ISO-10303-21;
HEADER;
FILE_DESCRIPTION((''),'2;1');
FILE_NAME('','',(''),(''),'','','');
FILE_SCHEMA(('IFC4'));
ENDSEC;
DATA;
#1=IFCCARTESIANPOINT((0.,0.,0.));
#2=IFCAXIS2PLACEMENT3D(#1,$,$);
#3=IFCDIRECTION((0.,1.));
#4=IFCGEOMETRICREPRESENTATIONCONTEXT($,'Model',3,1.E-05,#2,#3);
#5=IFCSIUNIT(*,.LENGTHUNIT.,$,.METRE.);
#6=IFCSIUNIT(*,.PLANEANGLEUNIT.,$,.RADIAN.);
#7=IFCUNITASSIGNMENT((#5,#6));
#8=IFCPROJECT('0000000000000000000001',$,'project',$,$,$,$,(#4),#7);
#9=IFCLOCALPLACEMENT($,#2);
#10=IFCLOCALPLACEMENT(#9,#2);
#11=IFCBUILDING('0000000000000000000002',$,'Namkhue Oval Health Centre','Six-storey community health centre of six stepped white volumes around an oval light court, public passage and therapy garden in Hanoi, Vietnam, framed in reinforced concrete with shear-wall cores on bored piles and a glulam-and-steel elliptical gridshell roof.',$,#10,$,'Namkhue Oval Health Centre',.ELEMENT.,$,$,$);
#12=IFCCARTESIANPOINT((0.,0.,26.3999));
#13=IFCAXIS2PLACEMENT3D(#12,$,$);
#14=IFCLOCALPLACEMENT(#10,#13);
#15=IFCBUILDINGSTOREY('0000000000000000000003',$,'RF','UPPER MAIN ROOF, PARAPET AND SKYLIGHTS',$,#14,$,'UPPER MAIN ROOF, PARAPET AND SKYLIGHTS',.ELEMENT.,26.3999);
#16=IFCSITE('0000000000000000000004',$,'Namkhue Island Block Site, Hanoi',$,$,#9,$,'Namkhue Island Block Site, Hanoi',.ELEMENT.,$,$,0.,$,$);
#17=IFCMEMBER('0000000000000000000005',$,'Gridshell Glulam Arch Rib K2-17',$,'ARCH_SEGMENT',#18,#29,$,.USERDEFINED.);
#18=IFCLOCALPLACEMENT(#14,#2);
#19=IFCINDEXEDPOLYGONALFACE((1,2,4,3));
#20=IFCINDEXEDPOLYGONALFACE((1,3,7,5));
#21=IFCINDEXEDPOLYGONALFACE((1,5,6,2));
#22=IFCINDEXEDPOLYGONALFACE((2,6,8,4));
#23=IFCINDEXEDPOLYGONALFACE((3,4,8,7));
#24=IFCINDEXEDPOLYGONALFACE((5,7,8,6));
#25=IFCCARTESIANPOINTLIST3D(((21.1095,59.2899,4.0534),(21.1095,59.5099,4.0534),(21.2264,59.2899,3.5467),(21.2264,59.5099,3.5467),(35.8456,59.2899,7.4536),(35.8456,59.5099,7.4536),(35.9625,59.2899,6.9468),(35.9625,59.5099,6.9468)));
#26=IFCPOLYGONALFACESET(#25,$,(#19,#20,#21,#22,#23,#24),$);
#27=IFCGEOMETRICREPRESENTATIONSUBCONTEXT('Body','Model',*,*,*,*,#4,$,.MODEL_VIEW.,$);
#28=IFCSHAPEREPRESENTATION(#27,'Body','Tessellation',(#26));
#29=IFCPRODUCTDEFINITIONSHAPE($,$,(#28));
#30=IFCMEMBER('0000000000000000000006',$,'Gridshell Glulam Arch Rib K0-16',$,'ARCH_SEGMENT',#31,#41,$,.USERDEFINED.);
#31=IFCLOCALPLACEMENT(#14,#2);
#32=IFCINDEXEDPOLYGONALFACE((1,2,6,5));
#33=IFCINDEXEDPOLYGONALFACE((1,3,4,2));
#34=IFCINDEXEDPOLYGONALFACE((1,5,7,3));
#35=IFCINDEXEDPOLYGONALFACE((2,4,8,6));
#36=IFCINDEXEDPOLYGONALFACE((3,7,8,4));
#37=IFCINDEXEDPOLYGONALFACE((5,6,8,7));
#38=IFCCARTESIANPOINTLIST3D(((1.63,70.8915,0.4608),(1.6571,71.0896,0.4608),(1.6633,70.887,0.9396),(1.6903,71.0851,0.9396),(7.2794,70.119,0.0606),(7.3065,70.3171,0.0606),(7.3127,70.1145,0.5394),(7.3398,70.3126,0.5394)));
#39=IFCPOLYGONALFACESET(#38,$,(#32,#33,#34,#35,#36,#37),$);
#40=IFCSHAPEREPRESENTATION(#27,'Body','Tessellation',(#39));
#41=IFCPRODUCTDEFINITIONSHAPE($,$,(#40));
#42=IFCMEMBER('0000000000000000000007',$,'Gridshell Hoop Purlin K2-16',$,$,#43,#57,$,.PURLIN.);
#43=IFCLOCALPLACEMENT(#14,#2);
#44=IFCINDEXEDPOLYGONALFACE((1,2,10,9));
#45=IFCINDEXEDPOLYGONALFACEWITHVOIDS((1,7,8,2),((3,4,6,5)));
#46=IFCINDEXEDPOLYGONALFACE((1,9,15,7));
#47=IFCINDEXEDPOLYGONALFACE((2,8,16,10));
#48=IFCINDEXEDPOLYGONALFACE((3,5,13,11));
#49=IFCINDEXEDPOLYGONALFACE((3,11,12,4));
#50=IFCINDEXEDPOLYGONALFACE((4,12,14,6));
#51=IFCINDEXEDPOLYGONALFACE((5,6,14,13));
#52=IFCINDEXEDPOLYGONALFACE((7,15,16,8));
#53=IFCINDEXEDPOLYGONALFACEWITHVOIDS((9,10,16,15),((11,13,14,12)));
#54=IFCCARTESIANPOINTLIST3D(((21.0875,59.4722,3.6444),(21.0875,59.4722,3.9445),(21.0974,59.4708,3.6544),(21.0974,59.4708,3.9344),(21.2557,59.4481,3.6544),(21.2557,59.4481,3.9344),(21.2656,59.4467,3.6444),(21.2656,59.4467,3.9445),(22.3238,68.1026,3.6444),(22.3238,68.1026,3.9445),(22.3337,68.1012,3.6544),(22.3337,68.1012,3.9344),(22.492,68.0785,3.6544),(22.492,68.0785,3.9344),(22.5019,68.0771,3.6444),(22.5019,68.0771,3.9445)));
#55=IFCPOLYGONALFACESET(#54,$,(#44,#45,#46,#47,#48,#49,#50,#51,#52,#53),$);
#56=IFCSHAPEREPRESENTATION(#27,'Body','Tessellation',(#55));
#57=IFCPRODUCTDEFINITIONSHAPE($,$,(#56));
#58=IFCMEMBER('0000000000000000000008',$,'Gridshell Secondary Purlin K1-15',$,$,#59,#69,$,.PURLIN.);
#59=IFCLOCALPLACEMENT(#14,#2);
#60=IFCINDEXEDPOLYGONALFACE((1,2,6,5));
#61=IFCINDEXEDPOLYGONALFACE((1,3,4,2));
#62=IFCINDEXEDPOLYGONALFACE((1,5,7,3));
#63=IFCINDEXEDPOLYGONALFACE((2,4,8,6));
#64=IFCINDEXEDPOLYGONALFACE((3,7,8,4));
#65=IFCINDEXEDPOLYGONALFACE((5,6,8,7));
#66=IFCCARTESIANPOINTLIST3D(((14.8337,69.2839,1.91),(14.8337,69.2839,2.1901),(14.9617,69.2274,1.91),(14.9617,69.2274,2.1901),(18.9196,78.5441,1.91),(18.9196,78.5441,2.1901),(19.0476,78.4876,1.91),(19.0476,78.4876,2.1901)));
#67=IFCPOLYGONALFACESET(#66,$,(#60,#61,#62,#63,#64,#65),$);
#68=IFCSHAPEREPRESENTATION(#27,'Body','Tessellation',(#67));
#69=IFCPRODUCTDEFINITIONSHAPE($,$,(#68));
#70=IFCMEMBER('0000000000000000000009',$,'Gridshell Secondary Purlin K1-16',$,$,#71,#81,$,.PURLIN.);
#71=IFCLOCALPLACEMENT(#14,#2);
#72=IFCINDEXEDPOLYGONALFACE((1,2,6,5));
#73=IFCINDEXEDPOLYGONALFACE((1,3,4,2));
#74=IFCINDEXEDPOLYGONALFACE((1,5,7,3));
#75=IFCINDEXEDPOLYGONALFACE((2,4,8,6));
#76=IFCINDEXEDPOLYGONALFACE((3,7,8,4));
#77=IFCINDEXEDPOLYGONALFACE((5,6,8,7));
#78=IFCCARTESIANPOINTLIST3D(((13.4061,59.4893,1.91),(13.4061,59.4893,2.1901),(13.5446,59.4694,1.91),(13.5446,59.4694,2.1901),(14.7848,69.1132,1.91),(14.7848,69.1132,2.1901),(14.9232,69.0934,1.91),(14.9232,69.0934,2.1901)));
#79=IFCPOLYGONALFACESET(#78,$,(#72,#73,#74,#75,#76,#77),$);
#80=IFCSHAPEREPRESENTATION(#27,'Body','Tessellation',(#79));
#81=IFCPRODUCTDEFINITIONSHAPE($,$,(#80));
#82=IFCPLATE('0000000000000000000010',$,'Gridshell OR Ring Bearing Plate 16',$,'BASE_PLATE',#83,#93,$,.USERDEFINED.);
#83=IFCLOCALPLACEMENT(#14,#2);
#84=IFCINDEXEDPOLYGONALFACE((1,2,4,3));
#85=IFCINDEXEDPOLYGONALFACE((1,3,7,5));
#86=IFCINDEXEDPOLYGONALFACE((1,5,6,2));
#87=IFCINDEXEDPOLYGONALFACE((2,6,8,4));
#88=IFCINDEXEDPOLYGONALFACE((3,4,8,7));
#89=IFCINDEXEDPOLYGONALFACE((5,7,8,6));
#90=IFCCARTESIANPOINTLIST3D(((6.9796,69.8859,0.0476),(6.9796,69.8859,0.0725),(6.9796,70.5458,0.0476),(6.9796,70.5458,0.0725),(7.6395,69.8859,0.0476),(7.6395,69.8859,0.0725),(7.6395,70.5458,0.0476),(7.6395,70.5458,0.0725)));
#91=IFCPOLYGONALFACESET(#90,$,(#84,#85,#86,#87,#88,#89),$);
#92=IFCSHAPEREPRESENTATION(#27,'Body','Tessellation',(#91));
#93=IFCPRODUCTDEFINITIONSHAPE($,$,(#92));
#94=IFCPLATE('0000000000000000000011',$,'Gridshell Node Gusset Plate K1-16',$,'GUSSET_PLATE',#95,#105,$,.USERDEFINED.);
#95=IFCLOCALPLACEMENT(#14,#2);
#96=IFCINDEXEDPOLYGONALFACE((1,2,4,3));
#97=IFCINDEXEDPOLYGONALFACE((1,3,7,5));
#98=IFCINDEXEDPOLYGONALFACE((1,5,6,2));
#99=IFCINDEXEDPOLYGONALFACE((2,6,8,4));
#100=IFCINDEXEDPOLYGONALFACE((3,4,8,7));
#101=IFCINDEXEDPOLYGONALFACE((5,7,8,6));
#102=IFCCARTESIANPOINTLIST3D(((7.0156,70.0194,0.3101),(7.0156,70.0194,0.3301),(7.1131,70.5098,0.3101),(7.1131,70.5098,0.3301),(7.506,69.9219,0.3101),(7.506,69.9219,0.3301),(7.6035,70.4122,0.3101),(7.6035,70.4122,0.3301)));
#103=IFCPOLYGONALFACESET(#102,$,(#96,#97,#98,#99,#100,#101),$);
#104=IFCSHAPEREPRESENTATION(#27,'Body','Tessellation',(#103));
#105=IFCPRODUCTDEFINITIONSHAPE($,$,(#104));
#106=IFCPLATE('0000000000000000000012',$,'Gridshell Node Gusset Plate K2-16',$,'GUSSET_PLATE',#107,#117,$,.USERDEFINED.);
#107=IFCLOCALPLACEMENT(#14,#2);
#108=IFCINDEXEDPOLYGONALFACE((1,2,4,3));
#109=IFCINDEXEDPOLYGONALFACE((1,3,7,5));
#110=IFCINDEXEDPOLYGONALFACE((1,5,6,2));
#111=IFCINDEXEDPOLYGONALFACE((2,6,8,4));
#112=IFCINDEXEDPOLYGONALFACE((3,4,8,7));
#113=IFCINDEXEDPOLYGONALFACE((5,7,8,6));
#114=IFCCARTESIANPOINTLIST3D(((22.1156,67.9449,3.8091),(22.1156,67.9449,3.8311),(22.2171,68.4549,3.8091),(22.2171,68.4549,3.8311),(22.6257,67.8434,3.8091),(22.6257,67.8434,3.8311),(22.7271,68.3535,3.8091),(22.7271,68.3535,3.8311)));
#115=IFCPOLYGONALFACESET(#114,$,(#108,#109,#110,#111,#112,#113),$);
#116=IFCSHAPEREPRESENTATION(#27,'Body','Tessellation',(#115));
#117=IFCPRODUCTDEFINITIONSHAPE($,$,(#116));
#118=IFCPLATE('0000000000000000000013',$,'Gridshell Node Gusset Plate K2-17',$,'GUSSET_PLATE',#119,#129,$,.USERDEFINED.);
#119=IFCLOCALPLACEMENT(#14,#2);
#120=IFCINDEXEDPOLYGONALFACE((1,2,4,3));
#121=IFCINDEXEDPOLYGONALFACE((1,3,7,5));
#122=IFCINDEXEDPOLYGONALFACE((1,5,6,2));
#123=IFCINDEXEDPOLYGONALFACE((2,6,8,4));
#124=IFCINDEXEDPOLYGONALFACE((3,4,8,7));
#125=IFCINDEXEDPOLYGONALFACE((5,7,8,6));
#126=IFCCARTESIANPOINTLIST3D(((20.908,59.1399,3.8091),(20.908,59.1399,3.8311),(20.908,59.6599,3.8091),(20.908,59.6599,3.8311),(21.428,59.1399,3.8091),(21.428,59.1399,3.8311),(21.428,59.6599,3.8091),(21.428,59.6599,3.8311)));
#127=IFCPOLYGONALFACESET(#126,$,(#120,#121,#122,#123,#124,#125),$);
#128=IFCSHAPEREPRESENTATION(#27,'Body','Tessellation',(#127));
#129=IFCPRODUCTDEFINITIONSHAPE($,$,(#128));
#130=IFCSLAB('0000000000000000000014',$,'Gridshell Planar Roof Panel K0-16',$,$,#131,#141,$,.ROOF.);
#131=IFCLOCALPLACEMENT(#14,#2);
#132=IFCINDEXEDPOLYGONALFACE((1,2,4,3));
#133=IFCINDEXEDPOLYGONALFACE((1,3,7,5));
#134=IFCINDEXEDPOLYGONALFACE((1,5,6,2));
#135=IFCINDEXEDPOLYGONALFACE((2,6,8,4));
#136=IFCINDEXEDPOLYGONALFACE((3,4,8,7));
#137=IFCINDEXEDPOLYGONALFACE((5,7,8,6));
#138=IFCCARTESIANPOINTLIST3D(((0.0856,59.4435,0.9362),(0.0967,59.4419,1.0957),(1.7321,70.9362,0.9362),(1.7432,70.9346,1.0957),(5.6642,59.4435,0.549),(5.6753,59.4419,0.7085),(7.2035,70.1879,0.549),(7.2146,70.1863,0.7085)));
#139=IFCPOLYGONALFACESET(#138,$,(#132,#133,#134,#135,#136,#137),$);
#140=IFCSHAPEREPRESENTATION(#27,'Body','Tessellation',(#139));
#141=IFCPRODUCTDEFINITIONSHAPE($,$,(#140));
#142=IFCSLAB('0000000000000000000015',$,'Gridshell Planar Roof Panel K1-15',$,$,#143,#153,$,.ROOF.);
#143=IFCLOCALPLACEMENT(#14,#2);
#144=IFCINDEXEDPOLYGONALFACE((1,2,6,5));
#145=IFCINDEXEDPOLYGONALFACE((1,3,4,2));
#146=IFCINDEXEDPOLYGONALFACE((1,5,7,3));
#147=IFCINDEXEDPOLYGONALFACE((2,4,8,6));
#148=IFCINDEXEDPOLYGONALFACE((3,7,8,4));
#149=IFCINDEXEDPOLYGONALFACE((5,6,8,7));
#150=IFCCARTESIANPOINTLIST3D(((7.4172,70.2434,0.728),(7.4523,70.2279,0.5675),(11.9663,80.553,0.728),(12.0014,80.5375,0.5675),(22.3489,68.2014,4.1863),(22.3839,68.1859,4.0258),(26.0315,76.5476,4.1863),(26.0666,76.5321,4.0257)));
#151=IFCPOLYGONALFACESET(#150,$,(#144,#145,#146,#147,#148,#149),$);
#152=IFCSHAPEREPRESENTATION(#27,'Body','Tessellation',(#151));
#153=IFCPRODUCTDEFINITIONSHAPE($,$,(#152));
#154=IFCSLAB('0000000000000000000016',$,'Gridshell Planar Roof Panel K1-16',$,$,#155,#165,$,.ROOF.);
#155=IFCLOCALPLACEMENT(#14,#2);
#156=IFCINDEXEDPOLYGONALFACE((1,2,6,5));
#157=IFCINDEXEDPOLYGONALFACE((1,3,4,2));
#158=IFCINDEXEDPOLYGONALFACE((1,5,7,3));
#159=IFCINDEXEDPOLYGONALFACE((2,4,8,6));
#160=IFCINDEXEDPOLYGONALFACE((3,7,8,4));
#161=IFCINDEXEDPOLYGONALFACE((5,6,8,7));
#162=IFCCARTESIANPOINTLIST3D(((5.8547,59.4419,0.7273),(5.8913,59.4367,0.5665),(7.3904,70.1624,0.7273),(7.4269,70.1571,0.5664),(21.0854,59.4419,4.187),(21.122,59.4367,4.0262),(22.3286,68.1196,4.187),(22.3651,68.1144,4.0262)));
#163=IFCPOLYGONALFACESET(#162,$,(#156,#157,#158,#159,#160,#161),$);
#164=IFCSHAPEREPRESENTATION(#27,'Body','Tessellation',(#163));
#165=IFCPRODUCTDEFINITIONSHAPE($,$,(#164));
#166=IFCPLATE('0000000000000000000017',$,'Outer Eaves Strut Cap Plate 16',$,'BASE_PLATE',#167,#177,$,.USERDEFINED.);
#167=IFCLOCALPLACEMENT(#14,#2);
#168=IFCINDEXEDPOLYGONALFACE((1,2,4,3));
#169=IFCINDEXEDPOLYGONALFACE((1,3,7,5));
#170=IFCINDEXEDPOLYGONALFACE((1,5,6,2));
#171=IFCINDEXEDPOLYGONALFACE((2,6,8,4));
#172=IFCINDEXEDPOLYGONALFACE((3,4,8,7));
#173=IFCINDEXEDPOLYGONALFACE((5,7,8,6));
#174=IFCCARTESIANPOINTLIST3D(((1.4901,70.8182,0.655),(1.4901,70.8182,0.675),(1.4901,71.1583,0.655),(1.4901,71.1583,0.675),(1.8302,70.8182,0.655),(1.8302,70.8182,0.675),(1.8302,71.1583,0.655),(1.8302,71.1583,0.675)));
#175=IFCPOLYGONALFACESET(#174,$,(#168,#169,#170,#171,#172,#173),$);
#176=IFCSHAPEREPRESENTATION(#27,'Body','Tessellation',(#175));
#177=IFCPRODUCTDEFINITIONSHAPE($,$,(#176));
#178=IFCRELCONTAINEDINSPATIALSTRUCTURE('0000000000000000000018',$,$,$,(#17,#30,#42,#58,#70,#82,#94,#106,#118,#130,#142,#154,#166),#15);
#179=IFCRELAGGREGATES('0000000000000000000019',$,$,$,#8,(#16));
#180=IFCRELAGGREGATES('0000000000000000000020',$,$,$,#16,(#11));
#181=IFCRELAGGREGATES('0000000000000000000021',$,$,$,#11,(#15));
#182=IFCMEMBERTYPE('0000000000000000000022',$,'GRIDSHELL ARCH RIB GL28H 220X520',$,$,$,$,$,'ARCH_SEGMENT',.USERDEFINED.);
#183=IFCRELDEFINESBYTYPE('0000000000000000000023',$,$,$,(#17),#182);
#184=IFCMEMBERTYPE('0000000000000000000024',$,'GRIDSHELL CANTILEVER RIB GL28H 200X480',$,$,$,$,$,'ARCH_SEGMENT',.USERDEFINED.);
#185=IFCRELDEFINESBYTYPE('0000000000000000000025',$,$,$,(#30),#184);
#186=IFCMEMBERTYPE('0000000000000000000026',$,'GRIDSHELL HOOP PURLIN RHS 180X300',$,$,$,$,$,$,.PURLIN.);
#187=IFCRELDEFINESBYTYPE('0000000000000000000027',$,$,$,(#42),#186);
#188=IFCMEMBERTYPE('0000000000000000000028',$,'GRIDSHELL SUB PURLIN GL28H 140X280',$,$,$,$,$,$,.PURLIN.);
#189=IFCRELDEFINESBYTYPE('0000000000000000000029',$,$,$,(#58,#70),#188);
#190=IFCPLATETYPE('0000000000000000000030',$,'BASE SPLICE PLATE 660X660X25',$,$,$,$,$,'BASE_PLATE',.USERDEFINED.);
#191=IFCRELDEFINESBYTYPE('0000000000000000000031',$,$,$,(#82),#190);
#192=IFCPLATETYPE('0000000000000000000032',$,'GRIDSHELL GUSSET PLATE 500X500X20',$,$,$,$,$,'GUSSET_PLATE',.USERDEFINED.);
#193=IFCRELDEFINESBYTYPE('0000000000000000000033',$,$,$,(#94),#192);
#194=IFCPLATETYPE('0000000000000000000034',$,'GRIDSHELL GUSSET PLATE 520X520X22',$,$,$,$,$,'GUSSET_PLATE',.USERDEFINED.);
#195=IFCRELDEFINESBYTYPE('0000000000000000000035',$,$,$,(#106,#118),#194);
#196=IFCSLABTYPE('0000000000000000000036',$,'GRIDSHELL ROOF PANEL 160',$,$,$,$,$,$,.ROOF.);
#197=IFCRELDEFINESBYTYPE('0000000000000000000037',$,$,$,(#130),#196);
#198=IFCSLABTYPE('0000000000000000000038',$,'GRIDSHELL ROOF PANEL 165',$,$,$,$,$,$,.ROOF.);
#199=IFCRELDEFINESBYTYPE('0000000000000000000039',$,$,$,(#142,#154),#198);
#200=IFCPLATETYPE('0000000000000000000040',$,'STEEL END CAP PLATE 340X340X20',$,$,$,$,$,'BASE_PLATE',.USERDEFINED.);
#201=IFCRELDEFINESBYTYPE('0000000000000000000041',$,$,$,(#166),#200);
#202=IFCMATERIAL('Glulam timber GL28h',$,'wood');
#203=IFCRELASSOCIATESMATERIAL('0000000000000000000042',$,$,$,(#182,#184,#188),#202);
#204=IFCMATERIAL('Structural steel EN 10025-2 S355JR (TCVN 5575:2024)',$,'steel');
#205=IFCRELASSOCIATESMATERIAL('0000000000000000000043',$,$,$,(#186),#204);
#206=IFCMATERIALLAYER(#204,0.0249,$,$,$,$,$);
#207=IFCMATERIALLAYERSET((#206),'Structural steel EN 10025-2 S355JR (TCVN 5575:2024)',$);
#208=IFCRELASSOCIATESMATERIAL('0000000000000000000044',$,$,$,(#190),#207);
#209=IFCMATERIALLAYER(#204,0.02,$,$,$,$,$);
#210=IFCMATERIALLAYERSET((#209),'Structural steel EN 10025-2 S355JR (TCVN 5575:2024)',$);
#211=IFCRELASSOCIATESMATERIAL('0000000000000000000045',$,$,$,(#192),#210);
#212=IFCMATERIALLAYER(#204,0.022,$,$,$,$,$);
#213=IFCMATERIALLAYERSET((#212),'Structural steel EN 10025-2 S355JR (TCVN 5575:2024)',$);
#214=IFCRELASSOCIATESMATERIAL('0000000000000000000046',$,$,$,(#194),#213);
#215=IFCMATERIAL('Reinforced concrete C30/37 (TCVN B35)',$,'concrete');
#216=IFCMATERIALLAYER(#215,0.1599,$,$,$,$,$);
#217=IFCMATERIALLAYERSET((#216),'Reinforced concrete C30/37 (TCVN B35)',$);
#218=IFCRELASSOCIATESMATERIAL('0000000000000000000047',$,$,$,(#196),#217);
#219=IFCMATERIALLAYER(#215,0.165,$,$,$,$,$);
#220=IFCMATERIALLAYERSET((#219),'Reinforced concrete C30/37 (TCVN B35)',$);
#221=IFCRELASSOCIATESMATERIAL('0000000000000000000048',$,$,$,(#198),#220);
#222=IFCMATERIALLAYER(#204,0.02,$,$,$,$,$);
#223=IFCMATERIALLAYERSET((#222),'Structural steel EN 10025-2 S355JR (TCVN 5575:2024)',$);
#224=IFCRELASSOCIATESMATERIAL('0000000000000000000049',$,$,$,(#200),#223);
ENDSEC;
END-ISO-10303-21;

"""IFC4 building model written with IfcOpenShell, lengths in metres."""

from ifc_helpers import new_model, si_unit, direction, frame, origin, origin_2d, place, context, subcontext, project, spatial, polyline, rectangle, hollow_rectangle, outline, extrude, material, layer, layer_set, material_profile, profile_set, type_object, element, save


model = new_model("IFC4")

# Units and contexts
model_context = context("Model", 3, precision=1e-05, world=origin(), true_north=direction((0.0, 1.0)))
body_context = subcontext(model_context, "Body", "Model", "MODEL_VIEW")
ifc_project = project(units=[si_unit("LENGTHUNIT", "METRE"), si_unit("PLANEANGLEUNIT", "RADIAN")], contexts=[model_context])

# Site, building, storey
site_placement = place(None, origin())
site = spatial("IfcSite", under=ifc_project, at=site_placement, Name="Namkhue Island Block Site, Hanoi", LongName="Namkhue Island Block Site, Hanoi", CompositionType="ELEMENT", RefElevation=0.0)
building_placement = place(site_placement, origin())
building = spatial("IfcBuilding", under=site, at=building_placement, Name="Namkhue Oval Health Centre", Description="Six-storey community health centre of six stepped white volumes around an oval light court, public passage and therapy garden in Hanoi, Vietnam, framed in reinforced concrete with shear-wall cores on bored piles and a glulam-and-steel elliptical gridshell roof.", LongName="Namkhue Oval Health Centre", CompositionType="ELEMENT")
storey_placement = place(building_placement, frame((0.0, 0.0, 26.3999)))
storey = spatial("IfcBuildingStorey", under=building, at=storey_placement, Name="RF", Description="UPPER MAIN ROOF, PARAPET AND SKYLIGHTS", LongName="UPPER MAIN ROOF, PARAPET AND SKYLIGHTS", CompositionType="ELEMENT", Elevation=26.3999)

# Members
ifc_material_1 = material(Name="Structural steel EN 10025-2 S355JR (TCVN 5575:2024)", Category="steel")
ifc_material_2 = material(Name="Glulam timber GL28h", Category="wood")
ifc_material_profile_1 = material_profile(ifc_material_2, rectangle(XDim=0.22, YDim=0.52, at=origin_2d()), Name="GL28h 220x520")
ifc_profile_set_1 = profile_set([ifc_material_profile_1], Name="Glulam timber GL28h")
member_type_1 = type_object("IfcMemberType", Name="GRIDSHELL ARCH RIB GL28H 220X520", ElementType="ARCH_SEGMENT", PredefinedType="USERDEFINED", material=ifc_profile_set_1)
member_1_placement = place(storey_placement, frame((21.168, 59.3999, 3.8), z_axis=(0.974398, 0.0, 0.224829), x_axis=(0.0, 1.0, 0.0)))
element("IfcMember", 1, at=member_1_placement, inside=storey, type_object=member_type_1, Name="Gridshell Glulam Arch Rib K2-17", ObjectType="ARCH_SEGMENT", PredefinedType="USERDEFINED", context=body_context, shape_type="SweptSolid", body=[
    extrude(rectangle(XDim=0.22, YDim=0.52, at=origin_2d()), origin(), (0.0, 0.0, 1.0), 15.1233),
])
ifc_material_profile_2 = material_profile(ifc_material_2, rectangle(XDim=0.2, YDim=0.48, at=origin_2d()), Name="GL28h 200x480")
ifc_profile_set_2 = profile_set([ifc_material_profile_2], Name="Glulam timber GL28h")
member_type_2 = type_object("IfcMemberType", Name="GRIDSHELL CANTILEVER RIB GL28H 200X480", ElementType="ARCH_SEGMENT", PredefinedType="USERDEFINED", material=ifc_profile_set_2)
member_2_placement = place(storey_placement, frame((1.6602, 70.9883, 0.7002), z_axis=(0.98835, -0.13514, -0.070005), x_axis=(0.135472, 0.990781, 0.0)))
element("IfcMember", 2, at=member_2_placement, inside=storey, type_object=member_type_2, Name="Gridshell Glulam Arch Rib K0-16", ObjectType="ARCH_SEGMENT", PredefinedType="USERDEFINED", context=body_context, shape_type="SweptSolid", body=[
    extrude(rectangle(XDim=0.2, YDim=0.48, at=origin_2d()), origin(), (0.0, 0.0, 1.0), 5.7161),
])
ifc_material_profile_3 = material_profile(ifc_material_1, hollow_rectangle(XDim=0.1799, YDim=0.3, WallThickness=0.01, at=origin_2d()), Name="RHS 180x300x10")
ifc_profile_set_3 = profile_set([ifc_material_profile_3], Name="Structural steel EN 10025-2 S355JR (TCVN 5575:2024)")
member_type_3 = type_object("IfcMemberType", Name="GRIDSHELL HOOP PURLIN RHS 180X300", PredefinedType="PURLIN", material=ifc_profile_set_3)
member_3_placement = place(storey_placement, frame((22.4128, 68.0898, 3.7944), z_axis=(-0.141806, -0.989895, 0.0), x_axis=(0.989895, -0.141806, 0.0)))
element("IfcMember", 3, at=member_3_placement, inside=storey, type_object=member_type_3, Name="Gridshell Hoop Purlin K2-16", PredefinedType="PURLIN", context=body_context, shape_type="SweptSolid", body=[
    extrude(hollow_rectangle(XDim=0.1799, YDim=0.3, WallThickness=0.01, at=origin_2d()), origin(), (0.0, 0.0, 1.0), 8.7185),
])
ifc_material_profile_4 = material_profile(ifc_material_2, rectangle(XDim=0.1399, YDim=0.28, at=origin_2d()), Name="GL28h 140x280")
ifc_profile_set_4 = profile_set([ifc_material_profile_4], Name="Glulam timber GL28h")
member_type_4 = type_object("IfcMemberType", Name="GRIDSHELL SUB PURLIN GL28H 140X280", PredefinedType="PURLIN", material=ifc_profile_set_4)
member_4_placement = place(storey_placement, frame((18.9836, 78.5159, 2.05), z_axis=(-0.403684, -0.914898, 0.0), x_axis=(0.914898, -0.403684, 0.0)))
element("IfcMember", 4, at=member_4_placement, inside=storey, type_object=member_type_4, Name="Gridshell Secondary Purlin K1-15", PredefinedType="PURLIN", context=body_context, shape_type="SweptSolid", body=[
    extrude(rectangle(XDim=0.1399, YDim=0.28, at=origin_2d()), origin(), (0.0, 0.0, 1.0), 10.1216),
])
member_5_placement = place(storey_placement, frame((14.854, 69.1033, 2.05), z_axis=(-0.141805, -0.989895, 0.0), x_axis=(0.989895, -0.141805, 0.0)))
element("IfcMember", 5, at=member_5_placement, inside=storey, type_object=member_type_4, Name="Gridshell Secondary Purlin K1-16", PredefinedType="PURLIN", context=body_context, shape_type="SweptSolid", body=[
    extrude(rectangle(XDim=0.1399, YDim=0.28, at=origin_2d()), origin(), (0.0, 0.0, 1.0), 9.7222),
])

# Plates
ifc_layer_1 = layer(ifc_material_1, 0.0249)
ifc_layer_set_1 = layer_set([ifc_layer_1], Name="Structural steel EN 10025-2 S355JR (TCVN 5575:2024)")
plate_type_1 = type_object("IfcPlateType", Name="BASE SPLICE PLATE 660X660X25", ElementType="BASE_PLATE", PredefinedType="USERDEFINED", material=ifc_layer_set_1)
plate_1_placement = place(storey_placement, frame((7.3096, 70.2158, 0.0476), z_axis=(0.0, 0.0, 1.0), x_axis=(1.0, 0.0, 0.0)))
element("IfcPlate", 6, at=plate_1_placement, inside=storey, type_object=plate_type_1, Name="Gridshell OR Ring Bearing Plate 16", ObjectType="BASE_PLATE", PredefinedType="USERDEFINED", context=body_context, shape_type="SweptSolid", body=[
    extrude(rectangle(XDim=0.6599, YDim=0.6599, at=origin_2d()), origin(), (0.0, 0.0, 1.0), 0.0249),
])
ifc_layer_2 = layer(ifc_material_1, 0.02)
ifc_layer_set_2 = layer_set([ifc_layer_2], Name="Structural steel EN 10025-2 S355JR (TCVN 5575:2024)")
plate_type_2 = type_object("IfcPlateType", Name="GRIDSHELL GUSSET PLATE 500X500X20", ElementType="GUSSET_PLATE", PredefinedType="USERDEFINED", material=ifc_layer_set_2)
plate_2_placement = place(storey_placement, frame((7.3096, 70.2158, 0.3101), z_axis=(0.0, 0.0, 1.0), x_axis=(-0.980785, 0.19509, 0.0)))
element("IfcPlate", 7, at=plate_2_placement, inside=storey, type_object=plate_type_2, Name="Gridshell Node Gusset Plate K1-16", ObjectType="GUSSET_PLATE", PredefinedType="USERDEFINED", context=body_context, shape_type="SweptSolid", body=[
    extrude(rectangle(XDim=0.5, YDim=0.5, at=origin_2d()), origin(), (0.0, 0.0, 1.0), 0.02),
])
ifc_layer_3 = layer(ifc_material_1, 0.022)
ifc_layer_set_3 = layer_set([ifc_layer_3], Name="Structural steel EN 10025-2 S355JR (TCVN 5575:2024)")
plate_type_3 = type_object("IfcPlateType", Name="GRIDSHELL GUSSET PLATE 520X520X22", ElementType="GUSSET_PLATE", PredefinedType="USERDEFINED", material=ifc_layer_set_3)
for number, where, z_axis, x_axis, name in (
    (8, (22.4214, 68.1492, 3.8091), (0.0, 0.0, 1.0), (-0.980785, 0.19509, 0.0), "Gridshell Node Gusset Plate K2-16"),
    (9, (21.168, 59.3999, 3.8091), (0.0, 0.0, 1.0), (-1.0, 0.0, 0.0), "Gridshell Node Gusset Plate K2-17"),
):
    element("IfcPlate", number, at=place(storey_placement, frame(where, z_axis=z_axis, x_axis=x_axis)), inside=storey, type_object=plate_type_3, Name=name, ObjectType="GUSSET_PLATE", PredefinedType="USERDEFINED", context=body_context, shape_type="SweptSolid", body=[
        extrude(rectangle(XDim=0.52, YDim=0.52, at=origin_2d()), origin(), (0.0, 0.0, 1.0), 0.022),
    ])

# Slabs
ifc_material_3 = material(Name="Reinforced concrete C30/37 (TCVN B35)", Category="concrete")
ifc_layer_4 = layer(ifc_material_3, 0.1599)
ifc_layer_set_4 = layer_set([ifc_layer_4], Name="Reinforced concrete C30/37 (TCVN B35)")
slab_type_1 = type_object("IfcSlabType", Name="GRIDSHELL ROOF PANEL 160", PredefinedType="ROOF", material=ifc_layer_set_4)
slab_1_placement = place(storey_placement, frame((1.7432, 70.9346, 1.0957), z_axis=(0.069239, -0.00992, 0.997551), x_axis=(-0.141816, -0.989893, 0.0)))
element("IfcSlab", 10, at=slab_1_placement, inside=storey, type_object=slab_type_1, Name="Gridshell Planar Roof Panel K0-16", PredefinedType="ROOF", context=body_context, shape_type="SweptSolid", body=[
    extrude(outline(polyline([(0.0, 0.0), (11.61, 0.0), (10.8189, 5.5358), (-0.0352, 5.5358), (0.0, 0.0)])), origin(), (0.0, 0.0, -1.0), 0.1599),
])
ifc_layer_5 = layer(ifc_material_3, 0.165)
ifc_layer_set_5 = layer_set([ifc_layer_5], Name="Reinforced concrete C30/37 (TCVN B35)")
slab_type_2 = type_object("IfcSlabType", Name="GRIDSHELL ROOF PANEL 165", PredefinedType="ROOF", material=ifc_layer_set_5)
slab_2_placement = place(storey_placement, frame((11.9663, 80.553, 0.728), z_axis=(-0.212455, 0.093744, 0.972664), x_axis=(-0.403694, -0.914894, -0.000001)))
element("IfcSlab", 11, at=slab_2_placement, inside=storey, type_object=slab_type_2, Name="Gridshell Planar Roof Panel K1-15", PredefinedType="ROOF", context=body_context, shape_type="SweptSolid", body=[
    extrude(outline(polyline([(0.0, 0.0), (11.2686, 0.0), (7.109, 14.8923), (-2.0136, 14.8922), (0.0, 0.0)])), origin(), (0.0, 0.0, -1.0), 0.165),
])
slab_3_placement = place(storey_placement, frame((7.3904, 70.1624, 0.7273), z_axis=(-0.221399, 0.031716, 0.974668), x_axis=(-0.141797, -0.989896, 0.000001)))
element("IfcSlab", 12, at=slab_3_placement, inside=storey, type_object=slab_type_2, Name="Gridshell Planar Roof Panel K1-16", PredefinedType="ROOF", context=body_context, shape_type="SweptSolid", body=[
    extrude(outline(polyline([(0.0, 0.0), (10.8299, 0.0), (8.6702, 15.4687), (-0.0961, 15.4688), (0.0, 0.0)])), origin(), (0.0, 0.0, -1.0), 0.165),
])

# Plate
ifc_layer_6 = layer(ifc_material_1, 0.02)
ifc_layer_set_6 = layer_set([ifc_layer_6], Name="Structural steel EN 10025-2 S355JR (TCVN 5575:2024)")
plate_type_4 = type_object("IfcPlateType", Name="STEEL END CAP PLATE 340X340X20", ElementType="BASE_PLATE", PredefinedType="USERDEFINED", material=ifc_layer_set_6)
plate_3_placement = place(storey_placement, frame((1.6602, 70.9883, 0.655), z_axis=(0.0, 0.0, 1.0), x_axis=(1.0, 0.0, 0.0)))
element("IfcPlate", 13, at=plate_3_placement, inside=storey, type_object=plate_type_4, Name="Outer Eaves Strut Cap Plate 16", ObjectType="BASE_PLATE", PredefinedType="USERDEFINED", context=body_context, shape_type="SweptSolid", body=[
    extrude(rectangle(XDim=0.3401, YDim=0.3401, at=origin_2d()), origin(), (0.0, 0.0, 1.0), 0.02),
])

save(model, "model.ifc")
